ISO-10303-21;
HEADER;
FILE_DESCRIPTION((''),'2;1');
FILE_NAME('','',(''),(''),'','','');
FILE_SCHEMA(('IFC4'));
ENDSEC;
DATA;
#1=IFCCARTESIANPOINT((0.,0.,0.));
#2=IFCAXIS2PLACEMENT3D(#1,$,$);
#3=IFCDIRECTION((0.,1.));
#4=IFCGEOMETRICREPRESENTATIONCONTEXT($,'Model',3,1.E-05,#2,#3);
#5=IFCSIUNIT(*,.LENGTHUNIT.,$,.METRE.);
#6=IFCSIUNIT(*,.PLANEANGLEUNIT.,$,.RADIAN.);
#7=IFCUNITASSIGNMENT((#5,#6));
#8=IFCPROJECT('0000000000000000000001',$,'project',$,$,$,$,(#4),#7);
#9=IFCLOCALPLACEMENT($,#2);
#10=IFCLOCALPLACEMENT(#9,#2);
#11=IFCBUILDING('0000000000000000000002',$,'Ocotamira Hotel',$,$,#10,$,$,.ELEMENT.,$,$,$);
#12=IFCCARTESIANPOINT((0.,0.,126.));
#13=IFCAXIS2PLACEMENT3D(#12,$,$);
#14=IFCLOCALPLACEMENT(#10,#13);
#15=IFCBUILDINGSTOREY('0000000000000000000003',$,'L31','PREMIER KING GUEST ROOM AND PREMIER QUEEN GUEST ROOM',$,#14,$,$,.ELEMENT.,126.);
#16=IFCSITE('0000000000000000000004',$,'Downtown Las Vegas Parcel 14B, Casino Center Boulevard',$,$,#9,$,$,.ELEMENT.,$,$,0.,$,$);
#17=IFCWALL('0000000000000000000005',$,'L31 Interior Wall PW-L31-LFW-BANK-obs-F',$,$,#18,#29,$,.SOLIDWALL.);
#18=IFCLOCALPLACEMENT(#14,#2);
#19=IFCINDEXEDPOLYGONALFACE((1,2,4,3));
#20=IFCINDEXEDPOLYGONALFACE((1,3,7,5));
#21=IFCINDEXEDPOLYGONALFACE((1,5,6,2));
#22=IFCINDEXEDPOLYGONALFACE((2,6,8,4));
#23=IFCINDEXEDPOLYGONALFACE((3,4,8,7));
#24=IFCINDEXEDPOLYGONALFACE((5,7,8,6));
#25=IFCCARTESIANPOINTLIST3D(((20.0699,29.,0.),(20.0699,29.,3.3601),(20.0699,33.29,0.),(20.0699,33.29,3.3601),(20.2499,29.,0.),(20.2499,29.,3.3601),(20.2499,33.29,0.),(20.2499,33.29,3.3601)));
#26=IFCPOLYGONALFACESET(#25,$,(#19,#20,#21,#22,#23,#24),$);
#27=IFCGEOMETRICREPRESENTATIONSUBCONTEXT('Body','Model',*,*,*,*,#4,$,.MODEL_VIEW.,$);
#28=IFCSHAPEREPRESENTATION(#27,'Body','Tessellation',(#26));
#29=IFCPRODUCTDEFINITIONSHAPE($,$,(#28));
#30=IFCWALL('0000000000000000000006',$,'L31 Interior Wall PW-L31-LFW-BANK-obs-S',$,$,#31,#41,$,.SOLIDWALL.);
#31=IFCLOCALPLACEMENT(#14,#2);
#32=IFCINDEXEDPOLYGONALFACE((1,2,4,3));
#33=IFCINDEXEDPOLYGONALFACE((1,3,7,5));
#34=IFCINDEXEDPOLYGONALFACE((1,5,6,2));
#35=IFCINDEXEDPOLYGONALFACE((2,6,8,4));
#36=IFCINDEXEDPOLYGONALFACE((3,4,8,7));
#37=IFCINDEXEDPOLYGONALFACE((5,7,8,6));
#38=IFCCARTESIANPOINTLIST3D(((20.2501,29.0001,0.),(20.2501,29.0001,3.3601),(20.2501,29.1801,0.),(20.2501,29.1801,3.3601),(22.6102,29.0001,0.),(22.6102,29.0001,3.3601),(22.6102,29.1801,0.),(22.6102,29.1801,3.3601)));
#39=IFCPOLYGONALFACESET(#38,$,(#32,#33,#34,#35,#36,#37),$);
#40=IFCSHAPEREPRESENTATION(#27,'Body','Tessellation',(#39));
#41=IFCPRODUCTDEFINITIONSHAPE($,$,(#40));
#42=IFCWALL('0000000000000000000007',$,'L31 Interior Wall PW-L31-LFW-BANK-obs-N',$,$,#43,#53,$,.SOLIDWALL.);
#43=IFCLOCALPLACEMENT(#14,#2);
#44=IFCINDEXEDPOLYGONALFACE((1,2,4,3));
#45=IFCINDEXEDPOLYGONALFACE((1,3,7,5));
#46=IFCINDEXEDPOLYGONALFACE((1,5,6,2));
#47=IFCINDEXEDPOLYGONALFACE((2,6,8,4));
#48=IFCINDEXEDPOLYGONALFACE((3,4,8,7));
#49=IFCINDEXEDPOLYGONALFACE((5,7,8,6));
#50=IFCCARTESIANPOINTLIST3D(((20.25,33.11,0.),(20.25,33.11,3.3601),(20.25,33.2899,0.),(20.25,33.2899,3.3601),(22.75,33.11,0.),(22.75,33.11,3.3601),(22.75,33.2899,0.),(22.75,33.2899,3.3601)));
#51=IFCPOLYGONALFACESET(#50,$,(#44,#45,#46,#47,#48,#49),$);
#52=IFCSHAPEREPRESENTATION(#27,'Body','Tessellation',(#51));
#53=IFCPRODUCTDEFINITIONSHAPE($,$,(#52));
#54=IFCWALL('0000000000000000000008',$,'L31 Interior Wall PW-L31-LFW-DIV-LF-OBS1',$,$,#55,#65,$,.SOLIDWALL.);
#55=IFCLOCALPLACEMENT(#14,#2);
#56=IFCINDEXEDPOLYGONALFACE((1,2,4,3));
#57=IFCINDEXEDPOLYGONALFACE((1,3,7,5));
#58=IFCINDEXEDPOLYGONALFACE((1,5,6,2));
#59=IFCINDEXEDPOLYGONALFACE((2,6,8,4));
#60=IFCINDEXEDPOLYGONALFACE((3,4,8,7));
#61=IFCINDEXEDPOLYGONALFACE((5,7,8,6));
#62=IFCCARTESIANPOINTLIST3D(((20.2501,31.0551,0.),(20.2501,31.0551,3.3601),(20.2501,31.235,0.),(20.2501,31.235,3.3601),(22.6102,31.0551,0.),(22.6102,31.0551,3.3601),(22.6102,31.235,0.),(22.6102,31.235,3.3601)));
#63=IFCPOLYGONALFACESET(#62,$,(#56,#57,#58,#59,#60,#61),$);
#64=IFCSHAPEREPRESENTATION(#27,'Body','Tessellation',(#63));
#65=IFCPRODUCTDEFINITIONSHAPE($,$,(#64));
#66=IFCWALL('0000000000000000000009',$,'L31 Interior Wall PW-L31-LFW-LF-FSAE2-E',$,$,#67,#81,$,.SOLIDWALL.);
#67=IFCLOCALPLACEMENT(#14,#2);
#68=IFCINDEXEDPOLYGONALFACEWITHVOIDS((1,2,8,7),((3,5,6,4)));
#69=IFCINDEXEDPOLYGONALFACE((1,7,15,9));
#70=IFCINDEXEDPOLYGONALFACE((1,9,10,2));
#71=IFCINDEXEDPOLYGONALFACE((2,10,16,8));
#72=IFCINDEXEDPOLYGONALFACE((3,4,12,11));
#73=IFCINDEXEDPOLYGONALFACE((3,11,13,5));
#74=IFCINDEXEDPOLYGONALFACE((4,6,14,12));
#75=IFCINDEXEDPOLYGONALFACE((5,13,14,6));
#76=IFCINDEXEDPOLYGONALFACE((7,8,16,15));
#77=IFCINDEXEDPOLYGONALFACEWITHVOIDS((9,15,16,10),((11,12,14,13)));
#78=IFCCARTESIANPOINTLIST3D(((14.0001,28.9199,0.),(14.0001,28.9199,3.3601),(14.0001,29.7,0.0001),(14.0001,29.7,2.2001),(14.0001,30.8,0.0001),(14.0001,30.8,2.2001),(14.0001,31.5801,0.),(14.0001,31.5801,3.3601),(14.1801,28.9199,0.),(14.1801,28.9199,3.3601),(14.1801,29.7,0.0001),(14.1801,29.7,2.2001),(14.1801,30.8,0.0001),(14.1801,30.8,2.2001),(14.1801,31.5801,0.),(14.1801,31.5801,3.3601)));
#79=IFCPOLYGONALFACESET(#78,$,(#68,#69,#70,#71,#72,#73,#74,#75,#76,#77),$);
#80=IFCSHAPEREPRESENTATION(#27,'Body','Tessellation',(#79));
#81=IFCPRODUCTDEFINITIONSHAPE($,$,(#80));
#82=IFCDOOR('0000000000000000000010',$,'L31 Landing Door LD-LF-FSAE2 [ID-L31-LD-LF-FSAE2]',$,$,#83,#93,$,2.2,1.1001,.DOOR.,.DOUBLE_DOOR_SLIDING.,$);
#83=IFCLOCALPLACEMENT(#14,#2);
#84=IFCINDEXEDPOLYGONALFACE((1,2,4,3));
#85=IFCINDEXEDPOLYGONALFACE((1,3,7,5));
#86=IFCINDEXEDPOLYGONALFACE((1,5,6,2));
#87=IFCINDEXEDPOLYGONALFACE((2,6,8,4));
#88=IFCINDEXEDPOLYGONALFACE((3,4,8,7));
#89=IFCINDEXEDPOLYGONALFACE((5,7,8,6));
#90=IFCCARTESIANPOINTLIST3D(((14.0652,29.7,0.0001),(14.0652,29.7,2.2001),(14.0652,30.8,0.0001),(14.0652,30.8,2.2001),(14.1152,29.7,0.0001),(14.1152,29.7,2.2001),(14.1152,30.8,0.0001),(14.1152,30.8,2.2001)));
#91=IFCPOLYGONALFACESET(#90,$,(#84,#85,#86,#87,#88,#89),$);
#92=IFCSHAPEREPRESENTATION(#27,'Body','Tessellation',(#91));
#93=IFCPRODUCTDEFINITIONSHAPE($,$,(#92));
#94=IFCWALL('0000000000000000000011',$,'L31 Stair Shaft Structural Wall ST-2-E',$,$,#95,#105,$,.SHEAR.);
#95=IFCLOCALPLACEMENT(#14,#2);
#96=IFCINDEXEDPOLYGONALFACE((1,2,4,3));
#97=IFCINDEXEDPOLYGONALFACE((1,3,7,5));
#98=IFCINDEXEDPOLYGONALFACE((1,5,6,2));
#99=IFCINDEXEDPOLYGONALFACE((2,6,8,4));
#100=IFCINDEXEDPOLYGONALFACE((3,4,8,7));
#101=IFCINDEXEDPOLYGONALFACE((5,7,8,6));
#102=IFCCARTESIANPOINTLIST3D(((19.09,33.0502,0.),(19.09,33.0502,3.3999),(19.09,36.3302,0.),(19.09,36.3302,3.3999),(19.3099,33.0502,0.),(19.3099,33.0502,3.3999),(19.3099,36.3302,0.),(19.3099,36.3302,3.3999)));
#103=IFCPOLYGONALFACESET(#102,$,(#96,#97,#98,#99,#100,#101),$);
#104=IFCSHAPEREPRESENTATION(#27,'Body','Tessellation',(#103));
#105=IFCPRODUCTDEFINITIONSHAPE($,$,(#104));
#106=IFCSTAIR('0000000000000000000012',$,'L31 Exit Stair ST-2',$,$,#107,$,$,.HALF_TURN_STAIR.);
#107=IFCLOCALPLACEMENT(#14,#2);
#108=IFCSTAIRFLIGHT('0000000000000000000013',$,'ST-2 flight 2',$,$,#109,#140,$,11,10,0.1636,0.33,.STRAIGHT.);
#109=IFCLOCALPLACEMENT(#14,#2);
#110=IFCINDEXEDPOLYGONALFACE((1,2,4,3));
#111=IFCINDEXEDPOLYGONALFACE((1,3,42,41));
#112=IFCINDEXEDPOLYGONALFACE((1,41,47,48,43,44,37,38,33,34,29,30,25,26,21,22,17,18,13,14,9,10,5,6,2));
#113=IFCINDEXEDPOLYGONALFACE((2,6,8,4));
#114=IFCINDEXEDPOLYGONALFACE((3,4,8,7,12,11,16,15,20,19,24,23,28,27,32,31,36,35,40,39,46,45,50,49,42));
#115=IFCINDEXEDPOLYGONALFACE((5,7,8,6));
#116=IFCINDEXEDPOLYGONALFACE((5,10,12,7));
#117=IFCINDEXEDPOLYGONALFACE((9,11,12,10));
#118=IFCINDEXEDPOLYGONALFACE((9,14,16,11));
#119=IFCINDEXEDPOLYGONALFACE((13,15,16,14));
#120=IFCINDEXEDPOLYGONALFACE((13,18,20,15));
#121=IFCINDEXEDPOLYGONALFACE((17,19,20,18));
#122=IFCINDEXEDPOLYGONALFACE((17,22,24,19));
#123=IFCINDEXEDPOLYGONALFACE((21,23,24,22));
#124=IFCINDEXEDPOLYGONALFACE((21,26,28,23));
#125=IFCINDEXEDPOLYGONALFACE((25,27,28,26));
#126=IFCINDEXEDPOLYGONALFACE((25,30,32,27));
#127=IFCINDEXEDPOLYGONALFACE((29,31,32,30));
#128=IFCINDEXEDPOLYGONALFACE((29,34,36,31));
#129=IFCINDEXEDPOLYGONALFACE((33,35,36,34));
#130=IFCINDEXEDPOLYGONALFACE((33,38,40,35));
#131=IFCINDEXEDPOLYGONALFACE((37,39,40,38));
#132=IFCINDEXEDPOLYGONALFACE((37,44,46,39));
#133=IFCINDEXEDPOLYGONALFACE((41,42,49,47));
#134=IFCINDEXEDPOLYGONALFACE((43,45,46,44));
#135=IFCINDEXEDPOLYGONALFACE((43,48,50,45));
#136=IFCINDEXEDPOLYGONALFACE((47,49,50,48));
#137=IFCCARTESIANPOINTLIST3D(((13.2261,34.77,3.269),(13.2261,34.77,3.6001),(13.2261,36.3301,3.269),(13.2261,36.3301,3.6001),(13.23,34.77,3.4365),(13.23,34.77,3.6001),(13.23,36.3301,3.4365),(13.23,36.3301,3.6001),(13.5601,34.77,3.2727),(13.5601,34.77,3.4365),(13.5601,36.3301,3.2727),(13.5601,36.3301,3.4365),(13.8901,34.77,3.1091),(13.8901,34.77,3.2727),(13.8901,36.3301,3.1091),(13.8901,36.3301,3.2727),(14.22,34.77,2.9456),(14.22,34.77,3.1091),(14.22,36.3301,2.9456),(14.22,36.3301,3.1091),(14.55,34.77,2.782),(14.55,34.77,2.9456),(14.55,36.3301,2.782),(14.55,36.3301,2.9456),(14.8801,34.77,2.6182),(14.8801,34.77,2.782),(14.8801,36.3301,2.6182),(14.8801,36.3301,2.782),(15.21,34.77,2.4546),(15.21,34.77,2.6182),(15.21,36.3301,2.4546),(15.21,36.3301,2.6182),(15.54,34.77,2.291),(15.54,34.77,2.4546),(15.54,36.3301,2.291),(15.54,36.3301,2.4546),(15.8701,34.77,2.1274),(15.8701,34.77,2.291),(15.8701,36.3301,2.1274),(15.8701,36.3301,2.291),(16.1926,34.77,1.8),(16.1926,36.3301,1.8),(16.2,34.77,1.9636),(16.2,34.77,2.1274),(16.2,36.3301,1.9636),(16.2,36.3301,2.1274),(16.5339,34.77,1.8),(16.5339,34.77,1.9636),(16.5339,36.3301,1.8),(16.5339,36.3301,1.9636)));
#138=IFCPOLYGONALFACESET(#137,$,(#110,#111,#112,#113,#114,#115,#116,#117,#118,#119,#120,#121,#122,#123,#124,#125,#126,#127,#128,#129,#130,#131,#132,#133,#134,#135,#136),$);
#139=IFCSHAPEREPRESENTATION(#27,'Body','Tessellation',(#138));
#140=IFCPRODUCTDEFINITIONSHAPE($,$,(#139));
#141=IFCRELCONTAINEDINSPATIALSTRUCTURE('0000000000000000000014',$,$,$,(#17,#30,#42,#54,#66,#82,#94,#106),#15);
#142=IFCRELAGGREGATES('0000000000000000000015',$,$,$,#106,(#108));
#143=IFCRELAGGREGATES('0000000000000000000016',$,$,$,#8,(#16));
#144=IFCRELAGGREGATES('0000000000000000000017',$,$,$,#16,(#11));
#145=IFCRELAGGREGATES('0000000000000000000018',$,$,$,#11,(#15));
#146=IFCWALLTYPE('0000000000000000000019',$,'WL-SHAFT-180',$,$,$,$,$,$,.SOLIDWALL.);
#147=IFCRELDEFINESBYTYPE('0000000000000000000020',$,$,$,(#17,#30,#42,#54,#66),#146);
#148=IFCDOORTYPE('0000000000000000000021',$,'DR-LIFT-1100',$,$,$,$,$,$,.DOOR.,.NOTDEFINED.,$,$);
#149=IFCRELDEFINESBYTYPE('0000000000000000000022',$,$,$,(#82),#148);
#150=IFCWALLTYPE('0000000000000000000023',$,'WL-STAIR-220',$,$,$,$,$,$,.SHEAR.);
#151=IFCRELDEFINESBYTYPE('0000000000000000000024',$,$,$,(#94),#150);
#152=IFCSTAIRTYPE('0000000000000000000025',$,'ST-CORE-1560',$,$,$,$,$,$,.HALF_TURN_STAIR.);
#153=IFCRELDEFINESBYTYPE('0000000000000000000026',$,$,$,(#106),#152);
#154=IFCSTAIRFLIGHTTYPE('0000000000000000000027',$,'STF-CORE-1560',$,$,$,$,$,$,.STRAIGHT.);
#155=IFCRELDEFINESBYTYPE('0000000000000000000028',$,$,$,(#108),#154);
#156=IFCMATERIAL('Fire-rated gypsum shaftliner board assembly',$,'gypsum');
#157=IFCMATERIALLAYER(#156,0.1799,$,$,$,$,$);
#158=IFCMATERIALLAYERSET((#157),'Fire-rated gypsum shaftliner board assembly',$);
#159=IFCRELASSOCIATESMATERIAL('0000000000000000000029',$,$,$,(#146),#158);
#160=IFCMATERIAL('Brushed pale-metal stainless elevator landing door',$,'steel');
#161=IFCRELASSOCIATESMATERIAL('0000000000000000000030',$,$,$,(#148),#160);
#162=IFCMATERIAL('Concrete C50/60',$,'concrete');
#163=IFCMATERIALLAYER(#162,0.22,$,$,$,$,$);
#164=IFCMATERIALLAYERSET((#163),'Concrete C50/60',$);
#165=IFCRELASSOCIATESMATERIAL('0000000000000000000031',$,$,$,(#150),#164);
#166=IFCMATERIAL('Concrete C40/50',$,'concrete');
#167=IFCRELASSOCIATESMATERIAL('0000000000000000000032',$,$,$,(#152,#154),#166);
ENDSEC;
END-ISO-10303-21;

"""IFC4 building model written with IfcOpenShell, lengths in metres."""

from ifc_helpers import new_model, si_unit, direction, frame, frame_2d, origin, place, context, subcontext, project, spatial, polyline, rectangle, outline, extrude, source, transform, mapped, material, layer, layer_set, type_object, element, fill, aggregate, save


model = new_model("IFC4")

# Units and contexts
model_context = context("Model", 3, precision=1e-05, world=origin(), true_north=direction((0.0, 1.0)))
body_context = subcontext(model_context, "Body", "Model", "MODEL_VIEW")
ifc_project = project(units=[si_unit("LENGTHUNIT", "METRE"), si_unit("PLANEANGLEUNIT", "RADIAN")], contexts=[model_context])

# Site, building, storey
site_placement = place(None, origin())
site = spatial("IfcSite", under=ifc_project, at=site_placement, Name="Downtown Las Vegas Parcel 14B, Casino Center Boulevard", CompositionType="ELEMENT", RefElevation=0.0)
building_placement = place(site_placement, origin())
building = spatial("IfcBuilding", under=site, at=building_placement, Name="Ocotamira Hotel", CompositionType="ELEMENT")
storey_placement = place(building_placement, frame((0.0, 0.0, 126.0)))
storey = spatial("IfcBuildingStorey", under=building, at=storey_placement, Name="L31", Description="PREMIER KING GUEST ROOM AND PREMIER QUEEN GUEST ROOM", CompositionType="ELEMENT", Elevation=126.0)

# Walls
ifc_material_1 = material(Name="Fire-rated gypsum shaftliner board assembly", Category="gypsum")
ifc_layer_1 = layer(ifc_material_1, 0.1799)
ifc_layer_set_1 = layer_set([ifc_layer_1], Name="Fire-rated gypsum shaftliner board assembly")
wall_type_1 = type_object("IfcWallType", Name="WL-SHAFT-180", PredefinedType="SOLIDWALL", material=ifc_layer_set_1)
wall_1_placement = place(storey_placement, frame((20.1599, 29.0, 0.0), z_axis=(0.0, 0.0, 1.0), x_axis=(0.0, 1.0, 0.0)))
element("IfcWall", 1, at=wall_1_placement, inside=storey, type_object=wall_type_1, Name="L31 Interior Wall PW-L31-LFW-BANK-obs-F", PredefinedType="SOLIDWALL", context=body_context, shape_type="SweptSolid", body=[
    extrude(rectangle(XDim=4.29, YDim=0.1799, at=frame_2d((2.145, 0.0))), origin(), (0.0, 0.0, 1.0), 3.3601),
])
wall_2_placement = place(storey_placement, frame((20.25, 29.0901, 0.0), z_axis=(0.0, 0.0, 1.0), x_axis=(1.0, 0.0, 0.0)))
element("IfcWall", 2, at=wall_2_placement, inside=storey, type_object=wall_type_1, Name="L31 Interior Wall PW-L31-LFW-BANK-obs-S", PredefinedType="SOLIDWALL", context=body_context, shape_type="SweptSolid", body=[
    extrude(rectangle(XDim=2.3601, YDim=0.1799, at=frame_2d((1.1802, 0.0))), origin(), (0.0, 0.0, 1.0), 3.3601),
])
wall_3_placement = place(storey_placement, frame((20.25, 33.2, 0.0), z_axis=(0.0, 0.0, 1.0), x_axis=(1.0, 0.0, 0.0)))
element("IfcWall", 3, at=wall_3_placement, inside=storey, type_object=wall_type_1, Name="L31 Interior Wall PW-L31-LFW-BANK-obs-N", PredefinedType="SOLIDWALL", context=body_context, shape_type="SweptSolid", body=[
    extrude(rectangle(XDim=2.5, YDim=0.1799, at=frame_2d((1.25, 0.0))), origin(), (0.0, 0.0, 1.0), 3.3601),
])
wall_4_placement = place(storey_placement, frame((20.25, 31.145, 0.0), z_axis=(0.0, 0.0, 1.0), x_axis=(1.0, 0.0, 0.0)))
element("IfcWall", 4, at=wall_4_placement, inside=storey, type_object=wall_type_1, Name="L31 Interior Wall PW-L31-LFW-DIV-LF-OBS1", PredefinedType="SOLIDWALL", context=body_context, shape_type="SweptSolid", body=[
    extrude(rectangle(XDim=2.3601, YDim=0.1799, at=frame_2d((1.1802, 0.0))), origin(), (0.0, 0.0, 1.0), 3.3601),
])

# Wall, opening, door
wall_5_placement = place(storey_placement, frame((14.0901, 28.9199, 0.0), z_axis=(0.0, 0.0, 1.0), x_axis=(0.0, 1.0, 0.0)))
wall_5 = element("IfcWall", 5, at=wall_5_placement, inside=storey, type_object=wall_type_1, Name="L31 Interior Wall PW-L31-LFW-LF-FSAE2-E", PredefinedType="SOLIDWALL", context=body_context, shape_type="SweptSolid", body=[
    extrude(rectangle(XDim=2.6602, YDim=0.1799, at=frame_2d((1.3301, 0.0))), origin(), (0.0, 0.0, 1.0), 3.3601),
])
opening_1_placement = place(wall_5_placement, frame((0.78, 0.0, 0.0)))
opening_1 = element("IfcOpeningElement", 6, at=opening_1_placement, cuts=wall_5, PredefinedType="OPENING", context=body_context, shape_type="SweptSolid", body=[
    extrude(rectangle(XDim=1.1001, YDim=2.2, at=frame_2d((0.55, 1.1001))), frame((0.0, 0.1001, 0.0), z_axis=(0.0, -1.0, 0.0), x_axis=(1.0, 0.0, 0.0)), (0.0, 0.0, 1.0), 0.2),
])
ifc_material_2 = material(Name="Brushed pale-metal stainless elevator landing door", Category="steel")
door_type_1 = type_object("IfcDoorType", Name="DR-LIFT-1100", OperationType="NOTDEFINED", PredefinedType="DOOR", material=ifc_material_2)
shared_shape_1 = source(origin(), body_context, "Body", "SweptSolid", [
    extrude(rectangle(XDim=1.1001, YDim=2.2, at=frame_2d((0.55, 1.1001))), frame((0.0, 0.0249, 0.0), z_axis=(0.0, -1.0, 0.0), x_axis=(1.0, 0.0, 0.0)), (0.0, 0.0, 1.0), 0.05),
])
door_1_placement = place(opening_1_placement, origin())
door_1 = element("IfcDoor", 7, at=door_1_placement, inside=storey, type_object=door_type_1, Name="L31 Landing Door LD-LF-FSAE2 [ID-L31-LD-LF-FSAE2]", OperationType="DOUBLE_DOOR_SLIDING", OverallHeight=2.2, OverallWidth=1.1001, PredefinedType="DOOR", context=body_context, shape_type="MappedRepresentation", body=[
    mapped(shared_shape_1, transform((0.0, 0.0, 0.0), scale=1.0)),
])
fill(opening_1, door_1)

# Wall
ifc_material_3 = material(Name="Concrete C50/60", Category="concrete")
ifc_layer_2 = layer(ifc_material_3, 0.22)
ifc_layer_set_2 = layer_set([ifc_layer_2], Name="Concrete C50/60")
wall_type_2 = type_object("IfcWallType", Name="WL-STAIR-220", PredefinedType="SHEAR", material=ifc_layer_set_2)
wall_6_placement = place(storey_placement, frame((19.2, 33.05, 0.0), z_axis=(0.0, 0.0, 1.0), x_axis=(0.0, 1.0, 0.0)))
element("IfcWall", 8, at=wall_6_placement, inside=storey, type_object=wall_type_2, Name="L31 Stair Shaft Structural Wall ST-2-E", PredefinedType="SHEAR", context=body_context, shape_type="SweptSolid", body=[
    extrude(rectangle(XDim=3.28, YDim=0.22, at=frame_2d((1.6401, 0.0))), origin(), (0.0, 0.0, 1.0), 3.3999),
])

# Stair, stair flight
ifc_material_4 = material(Name="Concrete C40/50", Category="concrete")
stair_type = type_object("IfcStairType", Name="ST-CORE-1560", PredefinedType="HALF_TURN_STAIR", material=ifc_material_4)
stair_placement = place(storey_placement, origin())
stair = element("IfcStair", 9, at=stair_placement, inside=storey, type_object=stair_type, Name="L31 Exit Stair ST-2", PredefinedType="HALF_TURN_STAIR")
stair_flight_type = type_object("IfcStairFlightType", Name="STF-CORE-1560", PredefinedType="STRAIGHT", material=ifc_material_4)
shared_shape_2 = source(origin(), body_context, "Body", "SweptSolid", [
    extrude(outline(polyline([(-0.0039, 0.0), (-0.0039, 0.1636), (0.3301, 0.1636), (0.3301, 0.3274), (0.6599, 0.3274), (0.6599, 0.491), (0.99, 0.491), (0.99, 0.6545), (1.3201, 0.6545), (1.3201, 0.8181), (1.6499, 0.8181), (1.6499, 0.9819), (1.98, 0.9819), (1.98, 1.1455), (2.3101, 1.1455), (2.3101, 1.3091), (2.6399, 1.3091), (2.6399, 1.4727), (2.97, 1.4727), (2.97, 1.6365), (3.3, 1.6365), (3.3, 1.8), (3.304, 1.8), (3.304, 1.469), (0.3374, 0.0), (-0.0039, 0.0)])), frame((0.0, 0.78, 0.0), z_axis=(0.0, -1.0, 0.0), x_axis=(1.0, 0.0, 0.0)), (0.0, 0.0, 1.0), 1.5601),
])
stair_flight_placement = place(storey_placement, frame((16.53, 35.55, 1.8), z_axis=(0.0, 0.0, 1.0), x_axis=(-1.0, 0.0, 0.0)))
stair_flight = element("IfcStairFlight", 10, at=stair_flight_placement, type_object=stair_flight_type, Name="ST-2 flight 2", NumberOfRisers=11, NumberOfTreads=10, PredefinedType="STRAIGHT", RiserHeight=0.1636, TreadLength=0.33, context=body_context, shape_type="MappedRepresentation", body=[
    mapped(shared_shape_2, transform((0.0, 0.0, 0.0), scale=1.0)),
])
aggregate(stair, [stair_flight])

save(model, "model.ifc")
